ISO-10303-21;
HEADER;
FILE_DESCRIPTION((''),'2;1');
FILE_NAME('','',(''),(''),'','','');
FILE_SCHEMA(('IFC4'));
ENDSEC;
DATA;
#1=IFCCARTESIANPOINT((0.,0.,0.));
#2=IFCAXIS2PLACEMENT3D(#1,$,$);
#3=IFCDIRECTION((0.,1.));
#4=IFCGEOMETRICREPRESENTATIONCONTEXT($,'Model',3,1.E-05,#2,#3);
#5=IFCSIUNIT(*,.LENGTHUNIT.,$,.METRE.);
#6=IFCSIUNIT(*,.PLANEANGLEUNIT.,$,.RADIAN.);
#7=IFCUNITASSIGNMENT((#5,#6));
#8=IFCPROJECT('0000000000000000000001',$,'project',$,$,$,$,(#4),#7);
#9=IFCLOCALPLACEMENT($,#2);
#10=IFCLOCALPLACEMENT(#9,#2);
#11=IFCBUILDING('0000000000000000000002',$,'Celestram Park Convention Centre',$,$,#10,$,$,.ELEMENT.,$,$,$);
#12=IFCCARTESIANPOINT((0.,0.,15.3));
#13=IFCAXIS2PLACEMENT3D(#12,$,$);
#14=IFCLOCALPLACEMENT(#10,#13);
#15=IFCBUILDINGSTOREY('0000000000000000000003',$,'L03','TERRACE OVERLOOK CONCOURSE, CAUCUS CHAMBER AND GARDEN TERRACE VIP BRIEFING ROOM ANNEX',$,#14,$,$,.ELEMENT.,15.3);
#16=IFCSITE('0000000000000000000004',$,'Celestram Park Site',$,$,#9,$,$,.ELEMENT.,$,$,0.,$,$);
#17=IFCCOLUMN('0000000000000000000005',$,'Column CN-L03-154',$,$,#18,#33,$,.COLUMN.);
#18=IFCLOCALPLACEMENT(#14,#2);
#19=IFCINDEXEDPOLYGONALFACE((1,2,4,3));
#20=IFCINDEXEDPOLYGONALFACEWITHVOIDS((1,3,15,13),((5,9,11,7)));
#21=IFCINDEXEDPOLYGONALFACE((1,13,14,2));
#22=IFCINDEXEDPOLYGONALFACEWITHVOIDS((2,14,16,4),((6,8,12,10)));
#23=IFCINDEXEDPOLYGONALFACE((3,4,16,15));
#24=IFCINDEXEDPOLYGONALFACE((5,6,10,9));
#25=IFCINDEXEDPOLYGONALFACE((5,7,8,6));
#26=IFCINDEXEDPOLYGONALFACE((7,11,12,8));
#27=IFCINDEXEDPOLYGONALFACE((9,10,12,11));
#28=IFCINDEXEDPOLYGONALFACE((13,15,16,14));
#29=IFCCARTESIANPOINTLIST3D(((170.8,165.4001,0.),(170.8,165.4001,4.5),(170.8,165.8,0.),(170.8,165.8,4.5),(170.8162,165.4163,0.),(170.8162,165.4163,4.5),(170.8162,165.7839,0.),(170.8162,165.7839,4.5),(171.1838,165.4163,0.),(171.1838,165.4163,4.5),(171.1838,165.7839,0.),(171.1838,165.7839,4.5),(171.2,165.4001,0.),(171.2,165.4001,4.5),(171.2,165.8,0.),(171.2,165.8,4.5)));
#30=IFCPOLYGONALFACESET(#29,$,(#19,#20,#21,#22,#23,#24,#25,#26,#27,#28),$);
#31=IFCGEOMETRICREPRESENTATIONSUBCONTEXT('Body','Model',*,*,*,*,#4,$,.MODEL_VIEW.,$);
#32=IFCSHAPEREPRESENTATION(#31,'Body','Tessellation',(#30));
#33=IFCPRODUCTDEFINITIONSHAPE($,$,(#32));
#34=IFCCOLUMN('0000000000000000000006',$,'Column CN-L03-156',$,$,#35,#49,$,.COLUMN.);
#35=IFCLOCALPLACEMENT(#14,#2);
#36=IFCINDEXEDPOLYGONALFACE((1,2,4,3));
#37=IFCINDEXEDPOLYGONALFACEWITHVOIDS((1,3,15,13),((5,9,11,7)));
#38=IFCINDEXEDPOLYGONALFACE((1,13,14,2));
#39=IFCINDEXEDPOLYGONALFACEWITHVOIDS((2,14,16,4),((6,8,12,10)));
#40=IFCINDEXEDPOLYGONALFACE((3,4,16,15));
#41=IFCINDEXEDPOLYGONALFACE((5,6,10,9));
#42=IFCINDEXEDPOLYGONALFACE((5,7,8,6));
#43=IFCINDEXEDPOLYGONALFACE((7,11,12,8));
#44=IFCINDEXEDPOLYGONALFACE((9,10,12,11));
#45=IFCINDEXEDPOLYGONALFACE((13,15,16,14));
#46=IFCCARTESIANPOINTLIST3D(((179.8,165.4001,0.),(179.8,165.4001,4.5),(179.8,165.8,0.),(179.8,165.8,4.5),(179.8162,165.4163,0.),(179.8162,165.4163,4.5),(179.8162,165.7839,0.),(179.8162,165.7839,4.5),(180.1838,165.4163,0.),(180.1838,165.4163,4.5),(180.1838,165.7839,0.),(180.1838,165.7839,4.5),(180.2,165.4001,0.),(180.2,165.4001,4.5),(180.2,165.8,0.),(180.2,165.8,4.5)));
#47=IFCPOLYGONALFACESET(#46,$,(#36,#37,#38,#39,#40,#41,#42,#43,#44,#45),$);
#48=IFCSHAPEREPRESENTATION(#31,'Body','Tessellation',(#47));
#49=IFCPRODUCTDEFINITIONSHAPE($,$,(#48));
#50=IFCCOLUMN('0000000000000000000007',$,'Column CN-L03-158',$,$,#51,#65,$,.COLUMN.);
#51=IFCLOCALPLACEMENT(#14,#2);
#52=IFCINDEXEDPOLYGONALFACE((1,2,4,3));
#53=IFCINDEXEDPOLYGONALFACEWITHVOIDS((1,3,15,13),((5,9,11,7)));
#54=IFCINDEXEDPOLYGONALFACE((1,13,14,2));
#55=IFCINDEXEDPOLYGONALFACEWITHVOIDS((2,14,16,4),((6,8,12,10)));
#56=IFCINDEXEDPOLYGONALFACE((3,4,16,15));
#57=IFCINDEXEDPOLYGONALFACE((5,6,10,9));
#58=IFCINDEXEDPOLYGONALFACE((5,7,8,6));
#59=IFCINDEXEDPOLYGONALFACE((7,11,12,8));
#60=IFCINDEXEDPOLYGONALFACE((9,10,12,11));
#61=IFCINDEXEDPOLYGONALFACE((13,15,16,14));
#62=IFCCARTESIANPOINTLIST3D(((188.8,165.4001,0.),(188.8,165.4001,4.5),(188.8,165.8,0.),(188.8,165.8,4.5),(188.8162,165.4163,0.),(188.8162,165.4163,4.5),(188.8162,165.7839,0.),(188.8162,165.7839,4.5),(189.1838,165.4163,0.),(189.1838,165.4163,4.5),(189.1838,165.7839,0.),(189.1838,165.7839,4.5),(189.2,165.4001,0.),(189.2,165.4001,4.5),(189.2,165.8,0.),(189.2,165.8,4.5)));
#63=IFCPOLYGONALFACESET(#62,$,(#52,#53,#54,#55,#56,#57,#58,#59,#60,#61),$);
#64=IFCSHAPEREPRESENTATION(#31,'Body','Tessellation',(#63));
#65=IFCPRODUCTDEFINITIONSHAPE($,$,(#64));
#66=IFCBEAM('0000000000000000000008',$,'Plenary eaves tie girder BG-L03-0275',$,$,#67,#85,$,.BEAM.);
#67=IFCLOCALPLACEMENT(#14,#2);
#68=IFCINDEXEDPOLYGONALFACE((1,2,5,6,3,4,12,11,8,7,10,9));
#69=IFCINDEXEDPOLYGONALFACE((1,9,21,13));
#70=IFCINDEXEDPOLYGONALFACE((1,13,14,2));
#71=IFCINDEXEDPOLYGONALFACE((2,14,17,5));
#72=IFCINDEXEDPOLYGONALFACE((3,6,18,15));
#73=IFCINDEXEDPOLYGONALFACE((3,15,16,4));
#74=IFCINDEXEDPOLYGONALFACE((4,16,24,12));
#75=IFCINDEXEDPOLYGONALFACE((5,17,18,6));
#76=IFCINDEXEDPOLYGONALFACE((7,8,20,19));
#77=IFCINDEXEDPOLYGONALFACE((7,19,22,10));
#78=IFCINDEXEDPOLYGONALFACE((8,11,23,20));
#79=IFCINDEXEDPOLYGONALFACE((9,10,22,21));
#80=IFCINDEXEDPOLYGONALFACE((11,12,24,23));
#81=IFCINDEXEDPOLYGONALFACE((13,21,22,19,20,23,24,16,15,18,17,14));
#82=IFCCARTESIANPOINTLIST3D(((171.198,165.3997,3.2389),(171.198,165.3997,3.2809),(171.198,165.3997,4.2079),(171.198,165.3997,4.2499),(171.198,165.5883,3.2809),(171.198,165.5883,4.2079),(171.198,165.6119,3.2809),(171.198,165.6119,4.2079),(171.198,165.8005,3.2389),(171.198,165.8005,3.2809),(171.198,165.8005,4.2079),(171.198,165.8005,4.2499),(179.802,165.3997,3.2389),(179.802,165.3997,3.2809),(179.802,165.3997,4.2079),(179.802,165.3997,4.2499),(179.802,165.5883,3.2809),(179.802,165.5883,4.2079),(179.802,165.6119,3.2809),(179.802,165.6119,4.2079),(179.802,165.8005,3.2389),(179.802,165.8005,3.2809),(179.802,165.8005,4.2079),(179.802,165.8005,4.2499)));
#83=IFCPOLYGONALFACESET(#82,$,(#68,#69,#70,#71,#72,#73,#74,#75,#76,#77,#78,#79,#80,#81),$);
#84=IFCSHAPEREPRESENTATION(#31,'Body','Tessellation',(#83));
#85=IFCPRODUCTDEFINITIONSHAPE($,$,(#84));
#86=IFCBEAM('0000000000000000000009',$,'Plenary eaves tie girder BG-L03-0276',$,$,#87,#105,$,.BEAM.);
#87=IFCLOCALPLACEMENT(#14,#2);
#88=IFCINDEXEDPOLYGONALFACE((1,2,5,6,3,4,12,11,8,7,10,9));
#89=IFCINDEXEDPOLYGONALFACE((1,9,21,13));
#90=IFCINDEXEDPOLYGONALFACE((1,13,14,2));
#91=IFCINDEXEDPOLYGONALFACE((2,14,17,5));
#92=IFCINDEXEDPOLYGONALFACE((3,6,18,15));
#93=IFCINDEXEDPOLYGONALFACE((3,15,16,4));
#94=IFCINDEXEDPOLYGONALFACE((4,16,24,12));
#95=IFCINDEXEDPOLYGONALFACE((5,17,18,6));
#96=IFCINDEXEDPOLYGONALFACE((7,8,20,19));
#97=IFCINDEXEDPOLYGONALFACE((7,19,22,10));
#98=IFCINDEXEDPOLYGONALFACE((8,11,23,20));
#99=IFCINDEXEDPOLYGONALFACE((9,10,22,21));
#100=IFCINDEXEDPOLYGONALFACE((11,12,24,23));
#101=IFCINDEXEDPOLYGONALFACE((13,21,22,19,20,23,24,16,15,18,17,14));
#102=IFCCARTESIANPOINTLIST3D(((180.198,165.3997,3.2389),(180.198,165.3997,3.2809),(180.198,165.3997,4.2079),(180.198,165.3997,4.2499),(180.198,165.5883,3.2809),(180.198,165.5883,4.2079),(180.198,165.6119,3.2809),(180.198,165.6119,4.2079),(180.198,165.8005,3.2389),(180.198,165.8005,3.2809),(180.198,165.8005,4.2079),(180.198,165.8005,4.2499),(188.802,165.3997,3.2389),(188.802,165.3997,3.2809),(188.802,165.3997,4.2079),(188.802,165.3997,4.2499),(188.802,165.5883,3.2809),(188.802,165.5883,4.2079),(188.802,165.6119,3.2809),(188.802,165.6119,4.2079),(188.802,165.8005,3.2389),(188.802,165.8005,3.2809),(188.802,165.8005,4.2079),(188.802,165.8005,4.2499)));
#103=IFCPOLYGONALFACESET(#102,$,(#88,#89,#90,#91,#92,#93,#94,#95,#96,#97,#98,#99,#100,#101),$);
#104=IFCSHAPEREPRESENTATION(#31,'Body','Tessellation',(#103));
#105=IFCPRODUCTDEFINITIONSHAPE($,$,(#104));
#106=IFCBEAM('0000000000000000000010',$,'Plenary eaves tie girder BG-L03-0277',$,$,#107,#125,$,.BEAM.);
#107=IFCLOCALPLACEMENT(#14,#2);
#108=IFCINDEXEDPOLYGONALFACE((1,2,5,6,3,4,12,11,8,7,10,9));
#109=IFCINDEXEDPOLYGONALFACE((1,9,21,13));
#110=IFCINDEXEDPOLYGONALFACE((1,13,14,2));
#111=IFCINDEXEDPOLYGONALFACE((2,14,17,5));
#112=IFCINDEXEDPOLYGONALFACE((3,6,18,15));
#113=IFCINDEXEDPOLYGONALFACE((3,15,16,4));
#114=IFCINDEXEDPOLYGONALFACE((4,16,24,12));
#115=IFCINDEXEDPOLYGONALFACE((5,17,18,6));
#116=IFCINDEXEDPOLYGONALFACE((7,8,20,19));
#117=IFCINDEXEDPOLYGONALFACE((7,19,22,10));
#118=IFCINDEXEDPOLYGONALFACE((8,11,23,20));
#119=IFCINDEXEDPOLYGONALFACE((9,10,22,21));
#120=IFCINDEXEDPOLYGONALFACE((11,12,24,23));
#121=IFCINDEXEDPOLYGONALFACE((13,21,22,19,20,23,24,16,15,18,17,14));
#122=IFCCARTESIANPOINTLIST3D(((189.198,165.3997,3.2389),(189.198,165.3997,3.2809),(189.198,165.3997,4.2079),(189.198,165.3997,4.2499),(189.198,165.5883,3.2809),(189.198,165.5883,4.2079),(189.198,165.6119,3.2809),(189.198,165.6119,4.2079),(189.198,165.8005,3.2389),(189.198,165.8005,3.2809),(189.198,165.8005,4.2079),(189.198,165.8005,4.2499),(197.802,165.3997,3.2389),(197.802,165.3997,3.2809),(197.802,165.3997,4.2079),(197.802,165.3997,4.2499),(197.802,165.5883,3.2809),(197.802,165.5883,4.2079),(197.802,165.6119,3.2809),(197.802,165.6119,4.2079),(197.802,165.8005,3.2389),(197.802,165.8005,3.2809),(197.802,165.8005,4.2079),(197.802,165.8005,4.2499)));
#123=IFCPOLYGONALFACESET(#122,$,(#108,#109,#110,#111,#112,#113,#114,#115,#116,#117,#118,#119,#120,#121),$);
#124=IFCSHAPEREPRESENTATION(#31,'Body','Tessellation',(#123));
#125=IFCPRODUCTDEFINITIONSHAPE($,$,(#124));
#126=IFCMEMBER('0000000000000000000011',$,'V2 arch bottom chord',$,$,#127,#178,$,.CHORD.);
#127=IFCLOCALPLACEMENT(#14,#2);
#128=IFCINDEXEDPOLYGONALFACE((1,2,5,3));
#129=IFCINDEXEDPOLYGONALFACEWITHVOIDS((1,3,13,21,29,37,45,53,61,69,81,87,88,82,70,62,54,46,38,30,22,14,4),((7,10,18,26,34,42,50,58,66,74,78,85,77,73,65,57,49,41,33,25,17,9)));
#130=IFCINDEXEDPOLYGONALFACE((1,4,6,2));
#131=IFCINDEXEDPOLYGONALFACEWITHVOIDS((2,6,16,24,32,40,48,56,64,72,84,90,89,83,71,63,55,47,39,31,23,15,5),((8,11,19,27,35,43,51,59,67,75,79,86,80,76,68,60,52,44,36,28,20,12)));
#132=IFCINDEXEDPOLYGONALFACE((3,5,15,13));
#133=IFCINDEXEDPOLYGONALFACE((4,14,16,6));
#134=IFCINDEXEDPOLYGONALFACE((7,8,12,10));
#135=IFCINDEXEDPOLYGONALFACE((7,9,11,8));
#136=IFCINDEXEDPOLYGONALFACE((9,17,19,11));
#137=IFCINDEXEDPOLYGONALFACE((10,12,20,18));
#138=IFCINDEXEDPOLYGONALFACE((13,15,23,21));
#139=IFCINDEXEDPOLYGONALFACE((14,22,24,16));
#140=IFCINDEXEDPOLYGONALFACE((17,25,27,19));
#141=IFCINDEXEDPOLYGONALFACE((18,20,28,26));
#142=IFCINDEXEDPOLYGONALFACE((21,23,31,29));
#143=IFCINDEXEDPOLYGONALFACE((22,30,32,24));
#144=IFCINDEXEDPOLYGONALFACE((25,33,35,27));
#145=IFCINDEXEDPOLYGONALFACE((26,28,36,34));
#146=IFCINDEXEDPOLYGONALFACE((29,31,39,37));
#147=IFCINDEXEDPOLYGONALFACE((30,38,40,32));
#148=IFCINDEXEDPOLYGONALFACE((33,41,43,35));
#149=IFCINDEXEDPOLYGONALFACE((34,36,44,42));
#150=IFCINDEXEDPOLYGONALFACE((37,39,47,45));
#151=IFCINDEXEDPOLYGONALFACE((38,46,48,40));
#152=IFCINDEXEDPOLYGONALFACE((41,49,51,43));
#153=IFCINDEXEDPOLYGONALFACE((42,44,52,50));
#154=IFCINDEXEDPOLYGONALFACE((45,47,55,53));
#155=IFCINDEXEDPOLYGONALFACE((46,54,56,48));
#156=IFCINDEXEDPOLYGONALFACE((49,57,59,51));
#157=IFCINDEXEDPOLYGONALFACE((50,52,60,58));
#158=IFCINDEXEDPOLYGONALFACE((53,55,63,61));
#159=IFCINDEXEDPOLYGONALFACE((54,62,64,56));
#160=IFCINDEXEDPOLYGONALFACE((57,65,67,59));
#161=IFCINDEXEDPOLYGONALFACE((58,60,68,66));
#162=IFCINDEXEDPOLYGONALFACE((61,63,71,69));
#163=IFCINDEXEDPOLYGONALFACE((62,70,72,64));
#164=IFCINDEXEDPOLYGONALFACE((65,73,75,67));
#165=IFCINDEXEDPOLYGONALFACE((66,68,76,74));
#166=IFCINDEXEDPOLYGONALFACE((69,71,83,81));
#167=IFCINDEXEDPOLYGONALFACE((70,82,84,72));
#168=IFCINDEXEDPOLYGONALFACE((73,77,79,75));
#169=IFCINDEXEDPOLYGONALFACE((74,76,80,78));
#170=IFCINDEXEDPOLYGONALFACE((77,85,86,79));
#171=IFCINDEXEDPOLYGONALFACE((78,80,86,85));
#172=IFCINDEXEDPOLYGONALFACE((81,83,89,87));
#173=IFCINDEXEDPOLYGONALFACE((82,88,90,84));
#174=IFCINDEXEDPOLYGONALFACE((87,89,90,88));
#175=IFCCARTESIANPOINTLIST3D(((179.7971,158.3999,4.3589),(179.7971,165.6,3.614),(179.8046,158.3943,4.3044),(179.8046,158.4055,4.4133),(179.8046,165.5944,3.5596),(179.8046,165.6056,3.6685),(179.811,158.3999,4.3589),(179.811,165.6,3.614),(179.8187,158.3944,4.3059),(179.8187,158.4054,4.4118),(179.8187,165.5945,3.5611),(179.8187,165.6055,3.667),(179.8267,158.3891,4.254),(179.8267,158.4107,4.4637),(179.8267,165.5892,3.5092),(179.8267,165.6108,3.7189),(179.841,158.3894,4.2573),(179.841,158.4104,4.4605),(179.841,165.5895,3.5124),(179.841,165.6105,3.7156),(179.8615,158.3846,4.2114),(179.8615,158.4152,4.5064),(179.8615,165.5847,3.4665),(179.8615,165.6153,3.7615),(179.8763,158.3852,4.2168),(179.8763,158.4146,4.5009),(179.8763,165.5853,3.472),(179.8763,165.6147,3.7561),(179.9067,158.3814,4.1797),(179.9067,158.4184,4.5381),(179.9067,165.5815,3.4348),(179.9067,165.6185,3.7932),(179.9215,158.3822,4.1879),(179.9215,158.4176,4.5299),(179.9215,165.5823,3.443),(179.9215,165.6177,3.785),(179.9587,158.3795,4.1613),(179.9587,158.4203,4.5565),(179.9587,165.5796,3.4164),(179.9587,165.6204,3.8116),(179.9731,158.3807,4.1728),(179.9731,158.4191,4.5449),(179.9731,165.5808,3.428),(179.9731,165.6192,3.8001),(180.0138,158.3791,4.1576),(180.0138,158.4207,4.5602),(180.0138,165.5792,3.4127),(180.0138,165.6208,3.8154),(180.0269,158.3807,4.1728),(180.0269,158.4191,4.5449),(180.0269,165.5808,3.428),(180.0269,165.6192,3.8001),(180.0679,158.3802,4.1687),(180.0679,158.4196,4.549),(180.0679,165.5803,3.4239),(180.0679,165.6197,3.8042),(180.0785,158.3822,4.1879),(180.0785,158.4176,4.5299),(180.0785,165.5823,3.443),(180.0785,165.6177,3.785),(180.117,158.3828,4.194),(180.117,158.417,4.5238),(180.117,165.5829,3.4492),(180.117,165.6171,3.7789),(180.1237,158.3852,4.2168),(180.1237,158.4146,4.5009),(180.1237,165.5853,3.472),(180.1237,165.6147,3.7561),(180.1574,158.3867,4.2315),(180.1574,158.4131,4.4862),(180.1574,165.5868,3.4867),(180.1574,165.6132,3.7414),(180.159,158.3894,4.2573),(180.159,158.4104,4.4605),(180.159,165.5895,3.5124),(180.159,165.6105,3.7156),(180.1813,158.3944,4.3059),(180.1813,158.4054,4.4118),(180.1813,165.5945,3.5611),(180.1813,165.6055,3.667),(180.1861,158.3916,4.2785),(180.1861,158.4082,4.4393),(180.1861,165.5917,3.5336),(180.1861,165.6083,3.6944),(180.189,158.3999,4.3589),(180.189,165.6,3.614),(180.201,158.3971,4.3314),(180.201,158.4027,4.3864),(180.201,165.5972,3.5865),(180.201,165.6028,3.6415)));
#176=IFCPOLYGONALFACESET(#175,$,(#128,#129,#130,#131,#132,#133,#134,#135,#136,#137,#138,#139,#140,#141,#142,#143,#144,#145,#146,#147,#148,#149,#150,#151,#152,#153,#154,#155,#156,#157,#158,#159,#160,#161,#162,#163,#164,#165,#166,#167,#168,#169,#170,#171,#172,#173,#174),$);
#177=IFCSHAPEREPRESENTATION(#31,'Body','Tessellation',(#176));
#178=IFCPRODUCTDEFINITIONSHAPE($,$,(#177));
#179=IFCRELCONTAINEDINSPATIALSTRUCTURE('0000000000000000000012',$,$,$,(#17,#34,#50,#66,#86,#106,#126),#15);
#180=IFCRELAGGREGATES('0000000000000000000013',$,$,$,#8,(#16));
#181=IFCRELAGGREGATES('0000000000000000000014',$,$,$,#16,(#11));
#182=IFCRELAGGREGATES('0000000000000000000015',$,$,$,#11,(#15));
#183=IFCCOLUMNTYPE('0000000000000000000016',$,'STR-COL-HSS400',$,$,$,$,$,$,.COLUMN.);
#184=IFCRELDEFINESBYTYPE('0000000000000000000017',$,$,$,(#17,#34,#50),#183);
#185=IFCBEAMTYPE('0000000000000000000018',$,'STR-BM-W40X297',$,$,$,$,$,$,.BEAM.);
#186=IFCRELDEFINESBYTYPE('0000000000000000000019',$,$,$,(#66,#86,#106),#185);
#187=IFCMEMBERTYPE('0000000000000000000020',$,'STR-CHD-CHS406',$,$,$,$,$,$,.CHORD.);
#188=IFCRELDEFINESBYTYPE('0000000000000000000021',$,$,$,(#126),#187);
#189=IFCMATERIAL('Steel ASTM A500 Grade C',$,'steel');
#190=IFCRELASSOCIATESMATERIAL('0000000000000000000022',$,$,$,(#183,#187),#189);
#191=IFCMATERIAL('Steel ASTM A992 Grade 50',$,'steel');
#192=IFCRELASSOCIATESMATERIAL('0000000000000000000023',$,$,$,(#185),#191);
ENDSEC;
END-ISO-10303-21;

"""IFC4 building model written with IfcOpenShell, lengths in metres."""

from ifc_helpers import new_model, si_unit, direction, frame, origin, origin_2d, place, context, subcontext, project, spatial, hollow_rectangle, hollow_circle, i_section, extrude, material, material_profile, profile_set, type_object, element, save


model = new_model("IFC4")

# Units and contexts
model_context = context("Model", 3, precision=1e-05, world=origin(), true_north=direction((0.0, 1.0)))
body_context = subcontext(model_context, "Body", "Model", "MODEL_VIEW")
ifc_project = project(units=[si_unit("LENGTHUNIT", "METRE"), si_unit("PLANEANGLEUNIT", "RADIAN")], contexts=[model_context])

# Site, building, storey
site_placement = place(None, origin())
site = spatial("IfcSite", under=ifc_project, at=site_placement, Name="Celestram Park Site", CompositionType="ELEMENT", RefElevation=0.0)
building_placement = place(site_placement, origin())
building = spatial("IfcBuilding", under=site, at=building_placement, Name="Celestram Park Convention Centre", CompositionType="ELEMENT")
storey_placement = place(building_placement, frame((0.0, 0.0, 15.3)))
storey = spatial("IfcBuildingStorey", under=building, at=storey_placement, Name="L03", Description="TERRACE OVERLOOK CONCOURSE, CAUCUS CHAMBER AND GARDEN TERRACE VIP BRIEFING ROOM ANNEX", CompositionType="ELEMENT", Elevation=15.3)

# Columns
ifc_material_1 = material(Name="Steel ASTM A500 Grade C", Category="steel")
ifc_material_profile_1 = material_profile(ifc_material_1, hollow_rectangle(XDim=0.3999, YDim=0.3999, WallThickness=0.0161, at=origin_2d()), Name="HSS400X400X16")
ifc_profile_set_1 = profile_set([ifc_material_profile_1], Name="Steel ASTM A500 Grade C")
column_type = type_object("IfcColumnType", Name="STR-COL-HSS400", PredefinedType="COLUMN", material=ifc_profile_set_1)
for number, where, z_axis, x_axis, name in (
    (1, (171.0, 165.6001, 0.0), (0.0, 0.0, 1.0), (1.0, 0.0, 0.0), "Column CN-L03-154"),
    (2, (180.0, 165.6001, 0.0), (0.0, 0.0, 1.0), (1.0, 0.0, 0.0), "Column CN-L03-156"),
    (3, (189.0, 165.6001, 0.0), (0.0, 0.0, 1.0), (1.0, 0.0, 0.0), "Column CN-L03-158"),
):
    element("IfcColumn", number, at=place(storey_placement, frame(where, z_axis=z_axis, x_axis=x_axis)), inside=storey, type_object=column_type, Name=name, PredefinedType="COLUMN", context=body_context, shape_type="SweptSolid", body=[
        extrude(hollow_rectangle(XDim=0.3999, YDim=0.3999, WallThickness=0.0161, at=origin_2d()), origin(), (0.0, 0.0, 1.0), 4.5),
    ])

# Beams
ifc_material_2 = material(Name="Steel ASTM A992 Grade 50", Category="steel")
ifc_material_profile_2 = material_profile(ifc_material_2, i_section(OverallWidth=0.4009, OverallDepth=1.011, WebThickness=0.0237, FlangeThickness=0.042, at=origin_2d()), Name="W40X297")
ifc_profile_set_2 = profile_set([ifc_material_profile_2], Name="Steel ASTM A992 Grade 50")
beam_type_1 = type_object("IfcBeamType", Name="STR-BM-W40X297", PredefinedType="BEAM", material=ifc_profile_set_2)
for number, where, z_axis, x_axis, name in (
    (4, (171.198, 165.6001, 3.7444), (1.0, 0.0, 0.0), (0.0, 1.0, 0.0), "Plenary eaves tie girder BG-L03-0275"),
    (5, (180.198, 165.6001, 3.7444), (1.0, 0.0, 0.0), (0.0, 1.0, 0.0), "Plenary eaves tie girder BG-L03-0276"),
    (6, (189.198, 165.6001, 3.7444), (1.0, 0.0, 0.0), (0.0, 1.0, 0.0), "Plenary eaves tie girder BG-L03-0277"),
):
    element("IfcBeam", number, at=place(storey_placement, frame(where, z_axis=z_axis, x_axis=x_axis)), inside=storey, type_object=beam_type_1, Name=name, PredefinedType="BEAM", context=body_context, shape_type="SweptSolid", body=[
        extrude(i_section(OverallWidth=0.4009, OverallDepth=1.011, WebThickness=0.0237, FlangeThickness=0.042, at=origin_2d()), origin(), (0.0, 0.0, 1.0), 8.604),
    ])

# Member
ifc_material_profile_3 = material_profile(ifc_material_1, hollow_circle(Radius=0.2029, WallThickness=0.0139, at=origin_2d()), Name="CHS406X14")
ifc_profile_set_3 = profile_set([ifc_material_profile_3], Name="Steel ASTM A500 Grade C")
member_type = type_object("IfcMemberType", Name="STR-CHD-CHS406", PredefinedType="CHORD", material=ifc_profile_set_3)
for number, where, z_axis, x_axis, name in (
    (7, (180.0, 158.3999, 4.3589), (0.0, 0.994691, -0.102903), (-1.0, 0.0, 0.0), "V2 arch bottom chord"),
):
    element("IfcMember", number, at=place(storey_placement, frame(where, z_axis=z_axis, x_axis=x_axis)), inside=storey, type_object=member_type, Name=name, PredefinedType="CHORD", context=body_context, shape_type="SweptSolid", body=[
        extrude(hollow_circle(Radius=0.2029, WallThickness=0.0139, at=origin_2d()), origin(), (0.0, 0.0, 1.0), 7.2385),
    ])

save(model, "model.ifc")
